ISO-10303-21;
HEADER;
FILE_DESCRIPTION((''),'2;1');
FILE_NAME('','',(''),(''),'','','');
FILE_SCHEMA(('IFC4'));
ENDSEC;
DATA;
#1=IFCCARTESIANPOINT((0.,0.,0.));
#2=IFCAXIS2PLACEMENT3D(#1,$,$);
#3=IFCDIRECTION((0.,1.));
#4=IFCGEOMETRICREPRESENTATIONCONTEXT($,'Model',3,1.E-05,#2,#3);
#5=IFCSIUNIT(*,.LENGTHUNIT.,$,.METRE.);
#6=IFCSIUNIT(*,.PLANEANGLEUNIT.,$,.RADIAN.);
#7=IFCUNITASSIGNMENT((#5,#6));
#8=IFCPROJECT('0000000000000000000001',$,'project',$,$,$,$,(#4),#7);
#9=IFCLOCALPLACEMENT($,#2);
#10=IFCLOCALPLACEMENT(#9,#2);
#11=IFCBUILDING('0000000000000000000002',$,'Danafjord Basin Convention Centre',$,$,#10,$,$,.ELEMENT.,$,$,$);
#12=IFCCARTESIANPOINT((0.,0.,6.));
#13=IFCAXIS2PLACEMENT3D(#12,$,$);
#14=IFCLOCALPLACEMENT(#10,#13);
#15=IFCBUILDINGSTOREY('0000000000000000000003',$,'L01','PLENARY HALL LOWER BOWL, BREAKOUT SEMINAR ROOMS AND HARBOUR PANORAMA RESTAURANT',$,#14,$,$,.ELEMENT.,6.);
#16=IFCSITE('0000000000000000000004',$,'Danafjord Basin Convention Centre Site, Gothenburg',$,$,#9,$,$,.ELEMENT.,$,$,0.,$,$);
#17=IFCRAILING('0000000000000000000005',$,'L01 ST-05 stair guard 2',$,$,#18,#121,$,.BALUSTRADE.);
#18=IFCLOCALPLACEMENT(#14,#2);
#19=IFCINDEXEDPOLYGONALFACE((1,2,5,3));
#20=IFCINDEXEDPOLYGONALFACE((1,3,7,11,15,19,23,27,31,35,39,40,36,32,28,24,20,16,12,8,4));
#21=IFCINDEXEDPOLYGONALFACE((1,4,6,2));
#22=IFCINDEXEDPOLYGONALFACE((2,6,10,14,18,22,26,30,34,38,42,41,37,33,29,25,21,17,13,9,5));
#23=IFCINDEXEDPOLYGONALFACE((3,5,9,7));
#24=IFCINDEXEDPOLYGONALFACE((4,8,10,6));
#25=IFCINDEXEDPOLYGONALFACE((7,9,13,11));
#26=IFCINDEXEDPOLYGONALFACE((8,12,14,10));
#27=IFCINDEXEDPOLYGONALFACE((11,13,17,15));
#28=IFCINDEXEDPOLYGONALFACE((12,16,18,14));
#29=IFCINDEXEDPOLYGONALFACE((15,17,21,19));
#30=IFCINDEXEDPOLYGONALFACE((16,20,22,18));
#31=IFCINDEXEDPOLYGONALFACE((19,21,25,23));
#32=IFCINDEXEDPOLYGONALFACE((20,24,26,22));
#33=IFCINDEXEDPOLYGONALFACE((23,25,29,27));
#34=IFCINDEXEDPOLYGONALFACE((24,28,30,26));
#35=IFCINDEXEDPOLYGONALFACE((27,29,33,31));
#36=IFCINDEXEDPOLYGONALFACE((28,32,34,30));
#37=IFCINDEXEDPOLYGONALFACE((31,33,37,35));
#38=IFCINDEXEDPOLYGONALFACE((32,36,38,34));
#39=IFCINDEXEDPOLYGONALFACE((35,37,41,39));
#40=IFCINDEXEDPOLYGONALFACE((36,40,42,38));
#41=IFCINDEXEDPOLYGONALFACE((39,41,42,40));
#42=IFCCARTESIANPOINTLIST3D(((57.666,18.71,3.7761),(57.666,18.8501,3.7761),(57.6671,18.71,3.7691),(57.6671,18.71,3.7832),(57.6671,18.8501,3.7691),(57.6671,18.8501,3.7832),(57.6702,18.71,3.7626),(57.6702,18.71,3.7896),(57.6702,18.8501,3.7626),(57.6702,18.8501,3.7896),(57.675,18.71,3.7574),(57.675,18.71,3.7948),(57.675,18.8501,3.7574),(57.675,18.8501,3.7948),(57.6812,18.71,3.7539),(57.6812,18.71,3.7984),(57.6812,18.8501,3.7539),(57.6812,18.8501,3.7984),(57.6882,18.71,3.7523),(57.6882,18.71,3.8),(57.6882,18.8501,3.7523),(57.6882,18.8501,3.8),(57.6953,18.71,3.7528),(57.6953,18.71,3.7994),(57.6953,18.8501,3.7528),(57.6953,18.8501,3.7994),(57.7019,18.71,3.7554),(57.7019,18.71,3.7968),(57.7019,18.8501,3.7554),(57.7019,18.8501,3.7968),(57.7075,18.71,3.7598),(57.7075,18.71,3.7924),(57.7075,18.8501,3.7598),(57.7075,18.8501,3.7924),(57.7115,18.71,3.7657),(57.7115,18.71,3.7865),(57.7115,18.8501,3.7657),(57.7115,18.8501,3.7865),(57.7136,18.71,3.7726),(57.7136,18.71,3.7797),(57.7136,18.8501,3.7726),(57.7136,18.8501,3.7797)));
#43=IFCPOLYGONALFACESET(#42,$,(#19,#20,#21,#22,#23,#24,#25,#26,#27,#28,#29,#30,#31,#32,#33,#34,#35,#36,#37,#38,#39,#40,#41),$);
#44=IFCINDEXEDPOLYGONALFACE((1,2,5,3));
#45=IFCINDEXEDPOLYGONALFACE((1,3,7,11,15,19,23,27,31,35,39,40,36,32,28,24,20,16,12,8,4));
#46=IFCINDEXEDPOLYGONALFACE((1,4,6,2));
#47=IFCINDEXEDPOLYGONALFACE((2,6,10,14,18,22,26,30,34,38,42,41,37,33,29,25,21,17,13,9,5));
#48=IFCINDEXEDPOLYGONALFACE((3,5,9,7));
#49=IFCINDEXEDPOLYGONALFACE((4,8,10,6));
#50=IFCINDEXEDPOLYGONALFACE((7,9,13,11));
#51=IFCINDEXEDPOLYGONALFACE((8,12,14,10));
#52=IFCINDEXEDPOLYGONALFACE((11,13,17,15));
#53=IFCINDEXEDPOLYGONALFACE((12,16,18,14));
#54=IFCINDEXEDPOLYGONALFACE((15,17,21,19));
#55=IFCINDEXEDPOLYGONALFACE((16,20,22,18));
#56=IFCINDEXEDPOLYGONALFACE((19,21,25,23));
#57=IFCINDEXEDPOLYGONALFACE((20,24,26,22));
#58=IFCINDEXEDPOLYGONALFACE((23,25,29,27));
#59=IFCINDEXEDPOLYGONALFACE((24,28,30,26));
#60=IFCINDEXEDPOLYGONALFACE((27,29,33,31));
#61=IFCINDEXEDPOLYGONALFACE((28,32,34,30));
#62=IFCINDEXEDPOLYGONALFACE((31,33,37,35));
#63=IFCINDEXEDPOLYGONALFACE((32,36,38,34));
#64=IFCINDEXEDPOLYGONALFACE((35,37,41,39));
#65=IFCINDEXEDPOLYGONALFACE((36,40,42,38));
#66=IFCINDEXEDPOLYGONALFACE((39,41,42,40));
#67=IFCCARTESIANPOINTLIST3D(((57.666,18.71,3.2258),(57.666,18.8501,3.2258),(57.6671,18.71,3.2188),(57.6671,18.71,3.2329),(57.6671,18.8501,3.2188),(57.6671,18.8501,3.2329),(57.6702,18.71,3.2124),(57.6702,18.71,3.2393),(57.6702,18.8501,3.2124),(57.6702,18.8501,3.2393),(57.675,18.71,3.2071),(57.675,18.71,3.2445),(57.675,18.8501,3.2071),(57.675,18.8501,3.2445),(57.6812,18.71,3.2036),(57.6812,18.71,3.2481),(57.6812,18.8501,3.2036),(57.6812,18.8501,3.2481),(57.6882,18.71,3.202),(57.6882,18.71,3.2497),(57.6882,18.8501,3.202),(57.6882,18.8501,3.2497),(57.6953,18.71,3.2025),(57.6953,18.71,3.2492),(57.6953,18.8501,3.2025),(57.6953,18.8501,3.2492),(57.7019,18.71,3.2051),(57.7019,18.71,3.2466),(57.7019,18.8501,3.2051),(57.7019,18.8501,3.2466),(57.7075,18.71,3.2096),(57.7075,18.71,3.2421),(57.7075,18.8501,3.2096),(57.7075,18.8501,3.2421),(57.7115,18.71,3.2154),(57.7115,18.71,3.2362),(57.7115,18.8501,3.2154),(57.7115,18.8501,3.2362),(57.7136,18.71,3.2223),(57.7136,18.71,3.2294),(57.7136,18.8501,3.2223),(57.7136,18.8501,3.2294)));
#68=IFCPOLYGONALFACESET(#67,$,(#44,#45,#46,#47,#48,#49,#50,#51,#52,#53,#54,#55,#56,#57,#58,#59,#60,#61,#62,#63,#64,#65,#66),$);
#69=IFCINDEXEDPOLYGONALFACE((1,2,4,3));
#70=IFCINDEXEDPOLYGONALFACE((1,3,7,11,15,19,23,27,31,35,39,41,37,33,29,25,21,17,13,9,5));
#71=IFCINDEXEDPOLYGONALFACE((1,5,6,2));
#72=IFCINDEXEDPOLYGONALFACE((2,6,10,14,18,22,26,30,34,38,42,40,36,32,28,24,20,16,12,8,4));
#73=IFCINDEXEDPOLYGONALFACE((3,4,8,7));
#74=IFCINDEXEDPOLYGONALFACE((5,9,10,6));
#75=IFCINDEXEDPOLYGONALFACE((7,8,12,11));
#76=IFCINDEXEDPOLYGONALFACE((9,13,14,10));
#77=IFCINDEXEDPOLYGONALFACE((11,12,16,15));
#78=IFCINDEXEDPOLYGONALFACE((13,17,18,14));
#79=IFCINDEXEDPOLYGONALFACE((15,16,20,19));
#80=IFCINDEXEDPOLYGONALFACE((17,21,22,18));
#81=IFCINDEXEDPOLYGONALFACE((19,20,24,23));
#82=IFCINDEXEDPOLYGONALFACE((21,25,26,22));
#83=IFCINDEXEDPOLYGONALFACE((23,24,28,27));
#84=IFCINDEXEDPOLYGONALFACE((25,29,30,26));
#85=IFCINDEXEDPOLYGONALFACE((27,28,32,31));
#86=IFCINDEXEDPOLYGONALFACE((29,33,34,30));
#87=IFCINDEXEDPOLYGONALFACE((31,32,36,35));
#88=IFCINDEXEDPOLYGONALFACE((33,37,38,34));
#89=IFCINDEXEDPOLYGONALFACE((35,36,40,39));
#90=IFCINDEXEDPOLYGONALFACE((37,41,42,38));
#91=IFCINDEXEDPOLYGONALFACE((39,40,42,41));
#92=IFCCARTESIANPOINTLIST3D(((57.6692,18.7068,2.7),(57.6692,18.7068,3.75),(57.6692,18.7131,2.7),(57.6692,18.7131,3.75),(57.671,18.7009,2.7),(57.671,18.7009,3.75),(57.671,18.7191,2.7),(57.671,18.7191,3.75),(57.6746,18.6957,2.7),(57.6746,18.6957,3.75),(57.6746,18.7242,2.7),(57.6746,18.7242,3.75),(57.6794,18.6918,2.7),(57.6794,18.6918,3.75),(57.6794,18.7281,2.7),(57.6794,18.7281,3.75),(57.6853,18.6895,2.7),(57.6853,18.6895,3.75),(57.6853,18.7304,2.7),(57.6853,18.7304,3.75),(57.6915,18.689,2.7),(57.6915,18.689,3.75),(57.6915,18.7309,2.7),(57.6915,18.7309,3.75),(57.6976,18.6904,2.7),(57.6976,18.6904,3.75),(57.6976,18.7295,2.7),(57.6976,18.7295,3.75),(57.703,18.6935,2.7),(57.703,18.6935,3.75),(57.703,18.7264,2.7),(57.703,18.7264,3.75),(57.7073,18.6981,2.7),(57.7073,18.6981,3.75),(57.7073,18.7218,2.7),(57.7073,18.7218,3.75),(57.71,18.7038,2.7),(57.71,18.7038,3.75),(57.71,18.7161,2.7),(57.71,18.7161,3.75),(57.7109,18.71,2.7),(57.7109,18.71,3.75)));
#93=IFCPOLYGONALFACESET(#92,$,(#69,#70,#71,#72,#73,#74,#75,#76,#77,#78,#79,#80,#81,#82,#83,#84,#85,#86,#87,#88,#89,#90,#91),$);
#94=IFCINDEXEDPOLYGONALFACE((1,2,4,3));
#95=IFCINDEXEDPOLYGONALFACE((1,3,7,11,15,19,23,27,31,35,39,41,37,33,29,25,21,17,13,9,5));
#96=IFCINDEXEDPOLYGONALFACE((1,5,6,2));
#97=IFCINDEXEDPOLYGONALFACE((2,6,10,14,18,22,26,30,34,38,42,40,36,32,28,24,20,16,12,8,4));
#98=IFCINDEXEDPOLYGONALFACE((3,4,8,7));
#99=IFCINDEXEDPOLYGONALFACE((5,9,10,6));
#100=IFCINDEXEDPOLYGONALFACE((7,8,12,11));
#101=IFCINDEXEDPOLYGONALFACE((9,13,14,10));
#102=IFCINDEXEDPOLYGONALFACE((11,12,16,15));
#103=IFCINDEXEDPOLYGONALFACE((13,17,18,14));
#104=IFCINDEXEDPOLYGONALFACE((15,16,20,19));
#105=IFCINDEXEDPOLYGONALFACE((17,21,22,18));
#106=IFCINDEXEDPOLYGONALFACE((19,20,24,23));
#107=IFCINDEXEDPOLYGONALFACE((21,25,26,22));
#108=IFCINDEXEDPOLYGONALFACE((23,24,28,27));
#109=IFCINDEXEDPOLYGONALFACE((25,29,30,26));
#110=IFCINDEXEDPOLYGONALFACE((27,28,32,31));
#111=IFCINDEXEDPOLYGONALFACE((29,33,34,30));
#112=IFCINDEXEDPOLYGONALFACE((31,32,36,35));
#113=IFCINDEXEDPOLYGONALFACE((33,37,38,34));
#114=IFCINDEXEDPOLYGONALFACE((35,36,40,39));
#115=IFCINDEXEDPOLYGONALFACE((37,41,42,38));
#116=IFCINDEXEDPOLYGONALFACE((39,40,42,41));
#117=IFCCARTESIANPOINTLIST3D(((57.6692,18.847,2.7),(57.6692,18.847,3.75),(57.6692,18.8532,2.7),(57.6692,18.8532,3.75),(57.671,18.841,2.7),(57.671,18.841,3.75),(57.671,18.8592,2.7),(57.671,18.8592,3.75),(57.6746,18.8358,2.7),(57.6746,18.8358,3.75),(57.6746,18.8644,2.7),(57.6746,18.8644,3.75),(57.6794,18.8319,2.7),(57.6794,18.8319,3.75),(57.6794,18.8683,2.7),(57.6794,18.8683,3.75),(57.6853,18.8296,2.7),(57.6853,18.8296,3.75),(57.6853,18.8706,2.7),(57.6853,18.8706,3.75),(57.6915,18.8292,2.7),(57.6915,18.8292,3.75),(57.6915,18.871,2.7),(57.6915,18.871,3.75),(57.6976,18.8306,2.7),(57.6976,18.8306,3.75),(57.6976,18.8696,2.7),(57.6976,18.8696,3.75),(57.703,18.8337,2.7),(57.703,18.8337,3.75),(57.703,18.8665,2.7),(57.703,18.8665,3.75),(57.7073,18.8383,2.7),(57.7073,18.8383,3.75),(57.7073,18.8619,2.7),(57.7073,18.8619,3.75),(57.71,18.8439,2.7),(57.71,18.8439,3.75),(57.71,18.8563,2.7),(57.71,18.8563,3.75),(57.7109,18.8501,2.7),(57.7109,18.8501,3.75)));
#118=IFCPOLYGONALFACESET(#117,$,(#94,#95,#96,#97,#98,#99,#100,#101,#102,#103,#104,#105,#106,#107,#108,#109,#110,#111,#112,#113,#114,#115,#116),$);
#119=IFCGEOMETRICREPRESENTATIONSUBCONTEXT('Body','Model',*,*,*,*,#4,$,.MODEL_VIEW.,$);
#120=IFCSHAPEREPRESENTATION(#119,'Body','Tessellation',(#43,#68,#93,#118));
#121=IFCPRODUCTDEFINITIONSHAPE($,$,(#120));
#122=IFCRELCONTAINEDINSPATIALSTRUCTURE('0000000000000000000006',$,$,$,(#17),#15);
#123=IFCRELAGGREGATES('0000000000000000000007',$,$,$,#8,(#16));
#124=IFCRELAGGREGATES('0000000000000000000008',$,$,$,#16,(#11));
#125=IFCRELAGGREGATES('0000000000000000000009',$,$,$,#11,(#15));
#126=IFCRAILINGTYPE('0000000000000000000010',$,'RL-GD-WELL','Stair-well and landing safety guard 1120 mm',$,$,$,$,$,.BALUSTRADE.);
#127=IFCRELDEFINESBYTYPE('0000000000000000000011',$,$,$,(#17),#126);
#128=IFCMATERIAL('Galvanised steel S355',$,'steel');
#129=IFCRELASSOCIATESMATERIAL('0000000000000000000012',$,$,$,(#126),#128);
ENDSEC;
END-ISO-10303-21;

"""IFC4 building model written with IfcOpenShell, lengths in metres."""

from ifc_helpers import new_model, si_unit, direction, frame, origin, origin_2d, place, context, subcontext, project, spatial, circle, extrude, material, type_object, element, save


model = new_model("IFC4")

# Units and contexts
model_context = context("Model", 3, precision=1e-05, world=origin(), true_north=direction((0.0, 1.0)))
body_context = subcontext(model_context, "Body", "Model", "MODEL_VIEW")
ifc_project = project(units=[si_unit("LENGTHUNIT", "METRE"), si_unit("PLANEANGLEUNIT", "RADIAN")], contexts=[model_context])

# Site, building, storey
site_placement = place(None, origin())
site = spatial("IfcSite", under=ifc_project, at=site_placement, Name="Danafjord Basin Convention Centre Site, Gothenburg", CompositionType="ELEMENT", RefElevation=0.0)
building_placement = place(site_placement, origin())
building = spatial("IfcBuilding", under=site, at=building_placement, Name="Danafjord Basin Convention Centre", CompositionType="ELEMENT")
storey_placement = place(building_placement, frame((0.0, 0.0, 6.0)))
storey = spatial("IfcBuildingStorey", under=building, at=storey_placement, Name="L01", Description="PLENARY HALL LOWER BOWL, BREAKOUT SEMINAR ROOMS AND HARBOUR PANORAMA RESTAURANT", CompositionType="ELEMENT", Elevation=6.0)

# Railing
ifc_material_1 = material(Name="Galvanised steel S355", Category="steel")
railing_type_1 = type_object("IfcRailingType", Name="RL-GD-WELL", Description="Stair-well and landing safety guard 1120 mm", PredefinedType="BALUSTRADE", material=ifc_material_1)
railing_1_placement = place(storey_placement, frame((57.6899, 18.71, 2.7)))
element("IfcRailing", 1, at=railing_1_placement, inside=storey, type_object=railing_type_1, Name="L01 ST-05 stair guard 2", PredefinedType="BALUSTRADE", context=body_context, shape_type="SweptSolid", body=[
    extrude(circle(Radius=0.0239, at=origin_2d()), frame((0.0, 0.0, 1.0762), z_axis=(0.0, 1.0, 0.0), x_axis=(-1.0, 0.0, 0.0)), (0.0, 0.0, 1.0), 0.1401),
    extrude(circle(Radius=0.0239, at=origin_2d()), frame((0.0, 0.0, 0.5259), z_axis=(0.0, 1.0, 0.0), x_axis=(-1.0, 0.0, 0.0)), (0.0, 0.0, 1.0), 0.1401),
    extrude(circle(Radius=0.021, at=origin_2d()), origin(), (0.0, 0.0, 1.0), 1.05),
    extrude(circle(Radius=0.021, at=origin_2d()), frame((0.0, 0.1401, 0.0)), (0.0, 0.0, 1.0), 1.05),
])

save(model, "model.ifc")
